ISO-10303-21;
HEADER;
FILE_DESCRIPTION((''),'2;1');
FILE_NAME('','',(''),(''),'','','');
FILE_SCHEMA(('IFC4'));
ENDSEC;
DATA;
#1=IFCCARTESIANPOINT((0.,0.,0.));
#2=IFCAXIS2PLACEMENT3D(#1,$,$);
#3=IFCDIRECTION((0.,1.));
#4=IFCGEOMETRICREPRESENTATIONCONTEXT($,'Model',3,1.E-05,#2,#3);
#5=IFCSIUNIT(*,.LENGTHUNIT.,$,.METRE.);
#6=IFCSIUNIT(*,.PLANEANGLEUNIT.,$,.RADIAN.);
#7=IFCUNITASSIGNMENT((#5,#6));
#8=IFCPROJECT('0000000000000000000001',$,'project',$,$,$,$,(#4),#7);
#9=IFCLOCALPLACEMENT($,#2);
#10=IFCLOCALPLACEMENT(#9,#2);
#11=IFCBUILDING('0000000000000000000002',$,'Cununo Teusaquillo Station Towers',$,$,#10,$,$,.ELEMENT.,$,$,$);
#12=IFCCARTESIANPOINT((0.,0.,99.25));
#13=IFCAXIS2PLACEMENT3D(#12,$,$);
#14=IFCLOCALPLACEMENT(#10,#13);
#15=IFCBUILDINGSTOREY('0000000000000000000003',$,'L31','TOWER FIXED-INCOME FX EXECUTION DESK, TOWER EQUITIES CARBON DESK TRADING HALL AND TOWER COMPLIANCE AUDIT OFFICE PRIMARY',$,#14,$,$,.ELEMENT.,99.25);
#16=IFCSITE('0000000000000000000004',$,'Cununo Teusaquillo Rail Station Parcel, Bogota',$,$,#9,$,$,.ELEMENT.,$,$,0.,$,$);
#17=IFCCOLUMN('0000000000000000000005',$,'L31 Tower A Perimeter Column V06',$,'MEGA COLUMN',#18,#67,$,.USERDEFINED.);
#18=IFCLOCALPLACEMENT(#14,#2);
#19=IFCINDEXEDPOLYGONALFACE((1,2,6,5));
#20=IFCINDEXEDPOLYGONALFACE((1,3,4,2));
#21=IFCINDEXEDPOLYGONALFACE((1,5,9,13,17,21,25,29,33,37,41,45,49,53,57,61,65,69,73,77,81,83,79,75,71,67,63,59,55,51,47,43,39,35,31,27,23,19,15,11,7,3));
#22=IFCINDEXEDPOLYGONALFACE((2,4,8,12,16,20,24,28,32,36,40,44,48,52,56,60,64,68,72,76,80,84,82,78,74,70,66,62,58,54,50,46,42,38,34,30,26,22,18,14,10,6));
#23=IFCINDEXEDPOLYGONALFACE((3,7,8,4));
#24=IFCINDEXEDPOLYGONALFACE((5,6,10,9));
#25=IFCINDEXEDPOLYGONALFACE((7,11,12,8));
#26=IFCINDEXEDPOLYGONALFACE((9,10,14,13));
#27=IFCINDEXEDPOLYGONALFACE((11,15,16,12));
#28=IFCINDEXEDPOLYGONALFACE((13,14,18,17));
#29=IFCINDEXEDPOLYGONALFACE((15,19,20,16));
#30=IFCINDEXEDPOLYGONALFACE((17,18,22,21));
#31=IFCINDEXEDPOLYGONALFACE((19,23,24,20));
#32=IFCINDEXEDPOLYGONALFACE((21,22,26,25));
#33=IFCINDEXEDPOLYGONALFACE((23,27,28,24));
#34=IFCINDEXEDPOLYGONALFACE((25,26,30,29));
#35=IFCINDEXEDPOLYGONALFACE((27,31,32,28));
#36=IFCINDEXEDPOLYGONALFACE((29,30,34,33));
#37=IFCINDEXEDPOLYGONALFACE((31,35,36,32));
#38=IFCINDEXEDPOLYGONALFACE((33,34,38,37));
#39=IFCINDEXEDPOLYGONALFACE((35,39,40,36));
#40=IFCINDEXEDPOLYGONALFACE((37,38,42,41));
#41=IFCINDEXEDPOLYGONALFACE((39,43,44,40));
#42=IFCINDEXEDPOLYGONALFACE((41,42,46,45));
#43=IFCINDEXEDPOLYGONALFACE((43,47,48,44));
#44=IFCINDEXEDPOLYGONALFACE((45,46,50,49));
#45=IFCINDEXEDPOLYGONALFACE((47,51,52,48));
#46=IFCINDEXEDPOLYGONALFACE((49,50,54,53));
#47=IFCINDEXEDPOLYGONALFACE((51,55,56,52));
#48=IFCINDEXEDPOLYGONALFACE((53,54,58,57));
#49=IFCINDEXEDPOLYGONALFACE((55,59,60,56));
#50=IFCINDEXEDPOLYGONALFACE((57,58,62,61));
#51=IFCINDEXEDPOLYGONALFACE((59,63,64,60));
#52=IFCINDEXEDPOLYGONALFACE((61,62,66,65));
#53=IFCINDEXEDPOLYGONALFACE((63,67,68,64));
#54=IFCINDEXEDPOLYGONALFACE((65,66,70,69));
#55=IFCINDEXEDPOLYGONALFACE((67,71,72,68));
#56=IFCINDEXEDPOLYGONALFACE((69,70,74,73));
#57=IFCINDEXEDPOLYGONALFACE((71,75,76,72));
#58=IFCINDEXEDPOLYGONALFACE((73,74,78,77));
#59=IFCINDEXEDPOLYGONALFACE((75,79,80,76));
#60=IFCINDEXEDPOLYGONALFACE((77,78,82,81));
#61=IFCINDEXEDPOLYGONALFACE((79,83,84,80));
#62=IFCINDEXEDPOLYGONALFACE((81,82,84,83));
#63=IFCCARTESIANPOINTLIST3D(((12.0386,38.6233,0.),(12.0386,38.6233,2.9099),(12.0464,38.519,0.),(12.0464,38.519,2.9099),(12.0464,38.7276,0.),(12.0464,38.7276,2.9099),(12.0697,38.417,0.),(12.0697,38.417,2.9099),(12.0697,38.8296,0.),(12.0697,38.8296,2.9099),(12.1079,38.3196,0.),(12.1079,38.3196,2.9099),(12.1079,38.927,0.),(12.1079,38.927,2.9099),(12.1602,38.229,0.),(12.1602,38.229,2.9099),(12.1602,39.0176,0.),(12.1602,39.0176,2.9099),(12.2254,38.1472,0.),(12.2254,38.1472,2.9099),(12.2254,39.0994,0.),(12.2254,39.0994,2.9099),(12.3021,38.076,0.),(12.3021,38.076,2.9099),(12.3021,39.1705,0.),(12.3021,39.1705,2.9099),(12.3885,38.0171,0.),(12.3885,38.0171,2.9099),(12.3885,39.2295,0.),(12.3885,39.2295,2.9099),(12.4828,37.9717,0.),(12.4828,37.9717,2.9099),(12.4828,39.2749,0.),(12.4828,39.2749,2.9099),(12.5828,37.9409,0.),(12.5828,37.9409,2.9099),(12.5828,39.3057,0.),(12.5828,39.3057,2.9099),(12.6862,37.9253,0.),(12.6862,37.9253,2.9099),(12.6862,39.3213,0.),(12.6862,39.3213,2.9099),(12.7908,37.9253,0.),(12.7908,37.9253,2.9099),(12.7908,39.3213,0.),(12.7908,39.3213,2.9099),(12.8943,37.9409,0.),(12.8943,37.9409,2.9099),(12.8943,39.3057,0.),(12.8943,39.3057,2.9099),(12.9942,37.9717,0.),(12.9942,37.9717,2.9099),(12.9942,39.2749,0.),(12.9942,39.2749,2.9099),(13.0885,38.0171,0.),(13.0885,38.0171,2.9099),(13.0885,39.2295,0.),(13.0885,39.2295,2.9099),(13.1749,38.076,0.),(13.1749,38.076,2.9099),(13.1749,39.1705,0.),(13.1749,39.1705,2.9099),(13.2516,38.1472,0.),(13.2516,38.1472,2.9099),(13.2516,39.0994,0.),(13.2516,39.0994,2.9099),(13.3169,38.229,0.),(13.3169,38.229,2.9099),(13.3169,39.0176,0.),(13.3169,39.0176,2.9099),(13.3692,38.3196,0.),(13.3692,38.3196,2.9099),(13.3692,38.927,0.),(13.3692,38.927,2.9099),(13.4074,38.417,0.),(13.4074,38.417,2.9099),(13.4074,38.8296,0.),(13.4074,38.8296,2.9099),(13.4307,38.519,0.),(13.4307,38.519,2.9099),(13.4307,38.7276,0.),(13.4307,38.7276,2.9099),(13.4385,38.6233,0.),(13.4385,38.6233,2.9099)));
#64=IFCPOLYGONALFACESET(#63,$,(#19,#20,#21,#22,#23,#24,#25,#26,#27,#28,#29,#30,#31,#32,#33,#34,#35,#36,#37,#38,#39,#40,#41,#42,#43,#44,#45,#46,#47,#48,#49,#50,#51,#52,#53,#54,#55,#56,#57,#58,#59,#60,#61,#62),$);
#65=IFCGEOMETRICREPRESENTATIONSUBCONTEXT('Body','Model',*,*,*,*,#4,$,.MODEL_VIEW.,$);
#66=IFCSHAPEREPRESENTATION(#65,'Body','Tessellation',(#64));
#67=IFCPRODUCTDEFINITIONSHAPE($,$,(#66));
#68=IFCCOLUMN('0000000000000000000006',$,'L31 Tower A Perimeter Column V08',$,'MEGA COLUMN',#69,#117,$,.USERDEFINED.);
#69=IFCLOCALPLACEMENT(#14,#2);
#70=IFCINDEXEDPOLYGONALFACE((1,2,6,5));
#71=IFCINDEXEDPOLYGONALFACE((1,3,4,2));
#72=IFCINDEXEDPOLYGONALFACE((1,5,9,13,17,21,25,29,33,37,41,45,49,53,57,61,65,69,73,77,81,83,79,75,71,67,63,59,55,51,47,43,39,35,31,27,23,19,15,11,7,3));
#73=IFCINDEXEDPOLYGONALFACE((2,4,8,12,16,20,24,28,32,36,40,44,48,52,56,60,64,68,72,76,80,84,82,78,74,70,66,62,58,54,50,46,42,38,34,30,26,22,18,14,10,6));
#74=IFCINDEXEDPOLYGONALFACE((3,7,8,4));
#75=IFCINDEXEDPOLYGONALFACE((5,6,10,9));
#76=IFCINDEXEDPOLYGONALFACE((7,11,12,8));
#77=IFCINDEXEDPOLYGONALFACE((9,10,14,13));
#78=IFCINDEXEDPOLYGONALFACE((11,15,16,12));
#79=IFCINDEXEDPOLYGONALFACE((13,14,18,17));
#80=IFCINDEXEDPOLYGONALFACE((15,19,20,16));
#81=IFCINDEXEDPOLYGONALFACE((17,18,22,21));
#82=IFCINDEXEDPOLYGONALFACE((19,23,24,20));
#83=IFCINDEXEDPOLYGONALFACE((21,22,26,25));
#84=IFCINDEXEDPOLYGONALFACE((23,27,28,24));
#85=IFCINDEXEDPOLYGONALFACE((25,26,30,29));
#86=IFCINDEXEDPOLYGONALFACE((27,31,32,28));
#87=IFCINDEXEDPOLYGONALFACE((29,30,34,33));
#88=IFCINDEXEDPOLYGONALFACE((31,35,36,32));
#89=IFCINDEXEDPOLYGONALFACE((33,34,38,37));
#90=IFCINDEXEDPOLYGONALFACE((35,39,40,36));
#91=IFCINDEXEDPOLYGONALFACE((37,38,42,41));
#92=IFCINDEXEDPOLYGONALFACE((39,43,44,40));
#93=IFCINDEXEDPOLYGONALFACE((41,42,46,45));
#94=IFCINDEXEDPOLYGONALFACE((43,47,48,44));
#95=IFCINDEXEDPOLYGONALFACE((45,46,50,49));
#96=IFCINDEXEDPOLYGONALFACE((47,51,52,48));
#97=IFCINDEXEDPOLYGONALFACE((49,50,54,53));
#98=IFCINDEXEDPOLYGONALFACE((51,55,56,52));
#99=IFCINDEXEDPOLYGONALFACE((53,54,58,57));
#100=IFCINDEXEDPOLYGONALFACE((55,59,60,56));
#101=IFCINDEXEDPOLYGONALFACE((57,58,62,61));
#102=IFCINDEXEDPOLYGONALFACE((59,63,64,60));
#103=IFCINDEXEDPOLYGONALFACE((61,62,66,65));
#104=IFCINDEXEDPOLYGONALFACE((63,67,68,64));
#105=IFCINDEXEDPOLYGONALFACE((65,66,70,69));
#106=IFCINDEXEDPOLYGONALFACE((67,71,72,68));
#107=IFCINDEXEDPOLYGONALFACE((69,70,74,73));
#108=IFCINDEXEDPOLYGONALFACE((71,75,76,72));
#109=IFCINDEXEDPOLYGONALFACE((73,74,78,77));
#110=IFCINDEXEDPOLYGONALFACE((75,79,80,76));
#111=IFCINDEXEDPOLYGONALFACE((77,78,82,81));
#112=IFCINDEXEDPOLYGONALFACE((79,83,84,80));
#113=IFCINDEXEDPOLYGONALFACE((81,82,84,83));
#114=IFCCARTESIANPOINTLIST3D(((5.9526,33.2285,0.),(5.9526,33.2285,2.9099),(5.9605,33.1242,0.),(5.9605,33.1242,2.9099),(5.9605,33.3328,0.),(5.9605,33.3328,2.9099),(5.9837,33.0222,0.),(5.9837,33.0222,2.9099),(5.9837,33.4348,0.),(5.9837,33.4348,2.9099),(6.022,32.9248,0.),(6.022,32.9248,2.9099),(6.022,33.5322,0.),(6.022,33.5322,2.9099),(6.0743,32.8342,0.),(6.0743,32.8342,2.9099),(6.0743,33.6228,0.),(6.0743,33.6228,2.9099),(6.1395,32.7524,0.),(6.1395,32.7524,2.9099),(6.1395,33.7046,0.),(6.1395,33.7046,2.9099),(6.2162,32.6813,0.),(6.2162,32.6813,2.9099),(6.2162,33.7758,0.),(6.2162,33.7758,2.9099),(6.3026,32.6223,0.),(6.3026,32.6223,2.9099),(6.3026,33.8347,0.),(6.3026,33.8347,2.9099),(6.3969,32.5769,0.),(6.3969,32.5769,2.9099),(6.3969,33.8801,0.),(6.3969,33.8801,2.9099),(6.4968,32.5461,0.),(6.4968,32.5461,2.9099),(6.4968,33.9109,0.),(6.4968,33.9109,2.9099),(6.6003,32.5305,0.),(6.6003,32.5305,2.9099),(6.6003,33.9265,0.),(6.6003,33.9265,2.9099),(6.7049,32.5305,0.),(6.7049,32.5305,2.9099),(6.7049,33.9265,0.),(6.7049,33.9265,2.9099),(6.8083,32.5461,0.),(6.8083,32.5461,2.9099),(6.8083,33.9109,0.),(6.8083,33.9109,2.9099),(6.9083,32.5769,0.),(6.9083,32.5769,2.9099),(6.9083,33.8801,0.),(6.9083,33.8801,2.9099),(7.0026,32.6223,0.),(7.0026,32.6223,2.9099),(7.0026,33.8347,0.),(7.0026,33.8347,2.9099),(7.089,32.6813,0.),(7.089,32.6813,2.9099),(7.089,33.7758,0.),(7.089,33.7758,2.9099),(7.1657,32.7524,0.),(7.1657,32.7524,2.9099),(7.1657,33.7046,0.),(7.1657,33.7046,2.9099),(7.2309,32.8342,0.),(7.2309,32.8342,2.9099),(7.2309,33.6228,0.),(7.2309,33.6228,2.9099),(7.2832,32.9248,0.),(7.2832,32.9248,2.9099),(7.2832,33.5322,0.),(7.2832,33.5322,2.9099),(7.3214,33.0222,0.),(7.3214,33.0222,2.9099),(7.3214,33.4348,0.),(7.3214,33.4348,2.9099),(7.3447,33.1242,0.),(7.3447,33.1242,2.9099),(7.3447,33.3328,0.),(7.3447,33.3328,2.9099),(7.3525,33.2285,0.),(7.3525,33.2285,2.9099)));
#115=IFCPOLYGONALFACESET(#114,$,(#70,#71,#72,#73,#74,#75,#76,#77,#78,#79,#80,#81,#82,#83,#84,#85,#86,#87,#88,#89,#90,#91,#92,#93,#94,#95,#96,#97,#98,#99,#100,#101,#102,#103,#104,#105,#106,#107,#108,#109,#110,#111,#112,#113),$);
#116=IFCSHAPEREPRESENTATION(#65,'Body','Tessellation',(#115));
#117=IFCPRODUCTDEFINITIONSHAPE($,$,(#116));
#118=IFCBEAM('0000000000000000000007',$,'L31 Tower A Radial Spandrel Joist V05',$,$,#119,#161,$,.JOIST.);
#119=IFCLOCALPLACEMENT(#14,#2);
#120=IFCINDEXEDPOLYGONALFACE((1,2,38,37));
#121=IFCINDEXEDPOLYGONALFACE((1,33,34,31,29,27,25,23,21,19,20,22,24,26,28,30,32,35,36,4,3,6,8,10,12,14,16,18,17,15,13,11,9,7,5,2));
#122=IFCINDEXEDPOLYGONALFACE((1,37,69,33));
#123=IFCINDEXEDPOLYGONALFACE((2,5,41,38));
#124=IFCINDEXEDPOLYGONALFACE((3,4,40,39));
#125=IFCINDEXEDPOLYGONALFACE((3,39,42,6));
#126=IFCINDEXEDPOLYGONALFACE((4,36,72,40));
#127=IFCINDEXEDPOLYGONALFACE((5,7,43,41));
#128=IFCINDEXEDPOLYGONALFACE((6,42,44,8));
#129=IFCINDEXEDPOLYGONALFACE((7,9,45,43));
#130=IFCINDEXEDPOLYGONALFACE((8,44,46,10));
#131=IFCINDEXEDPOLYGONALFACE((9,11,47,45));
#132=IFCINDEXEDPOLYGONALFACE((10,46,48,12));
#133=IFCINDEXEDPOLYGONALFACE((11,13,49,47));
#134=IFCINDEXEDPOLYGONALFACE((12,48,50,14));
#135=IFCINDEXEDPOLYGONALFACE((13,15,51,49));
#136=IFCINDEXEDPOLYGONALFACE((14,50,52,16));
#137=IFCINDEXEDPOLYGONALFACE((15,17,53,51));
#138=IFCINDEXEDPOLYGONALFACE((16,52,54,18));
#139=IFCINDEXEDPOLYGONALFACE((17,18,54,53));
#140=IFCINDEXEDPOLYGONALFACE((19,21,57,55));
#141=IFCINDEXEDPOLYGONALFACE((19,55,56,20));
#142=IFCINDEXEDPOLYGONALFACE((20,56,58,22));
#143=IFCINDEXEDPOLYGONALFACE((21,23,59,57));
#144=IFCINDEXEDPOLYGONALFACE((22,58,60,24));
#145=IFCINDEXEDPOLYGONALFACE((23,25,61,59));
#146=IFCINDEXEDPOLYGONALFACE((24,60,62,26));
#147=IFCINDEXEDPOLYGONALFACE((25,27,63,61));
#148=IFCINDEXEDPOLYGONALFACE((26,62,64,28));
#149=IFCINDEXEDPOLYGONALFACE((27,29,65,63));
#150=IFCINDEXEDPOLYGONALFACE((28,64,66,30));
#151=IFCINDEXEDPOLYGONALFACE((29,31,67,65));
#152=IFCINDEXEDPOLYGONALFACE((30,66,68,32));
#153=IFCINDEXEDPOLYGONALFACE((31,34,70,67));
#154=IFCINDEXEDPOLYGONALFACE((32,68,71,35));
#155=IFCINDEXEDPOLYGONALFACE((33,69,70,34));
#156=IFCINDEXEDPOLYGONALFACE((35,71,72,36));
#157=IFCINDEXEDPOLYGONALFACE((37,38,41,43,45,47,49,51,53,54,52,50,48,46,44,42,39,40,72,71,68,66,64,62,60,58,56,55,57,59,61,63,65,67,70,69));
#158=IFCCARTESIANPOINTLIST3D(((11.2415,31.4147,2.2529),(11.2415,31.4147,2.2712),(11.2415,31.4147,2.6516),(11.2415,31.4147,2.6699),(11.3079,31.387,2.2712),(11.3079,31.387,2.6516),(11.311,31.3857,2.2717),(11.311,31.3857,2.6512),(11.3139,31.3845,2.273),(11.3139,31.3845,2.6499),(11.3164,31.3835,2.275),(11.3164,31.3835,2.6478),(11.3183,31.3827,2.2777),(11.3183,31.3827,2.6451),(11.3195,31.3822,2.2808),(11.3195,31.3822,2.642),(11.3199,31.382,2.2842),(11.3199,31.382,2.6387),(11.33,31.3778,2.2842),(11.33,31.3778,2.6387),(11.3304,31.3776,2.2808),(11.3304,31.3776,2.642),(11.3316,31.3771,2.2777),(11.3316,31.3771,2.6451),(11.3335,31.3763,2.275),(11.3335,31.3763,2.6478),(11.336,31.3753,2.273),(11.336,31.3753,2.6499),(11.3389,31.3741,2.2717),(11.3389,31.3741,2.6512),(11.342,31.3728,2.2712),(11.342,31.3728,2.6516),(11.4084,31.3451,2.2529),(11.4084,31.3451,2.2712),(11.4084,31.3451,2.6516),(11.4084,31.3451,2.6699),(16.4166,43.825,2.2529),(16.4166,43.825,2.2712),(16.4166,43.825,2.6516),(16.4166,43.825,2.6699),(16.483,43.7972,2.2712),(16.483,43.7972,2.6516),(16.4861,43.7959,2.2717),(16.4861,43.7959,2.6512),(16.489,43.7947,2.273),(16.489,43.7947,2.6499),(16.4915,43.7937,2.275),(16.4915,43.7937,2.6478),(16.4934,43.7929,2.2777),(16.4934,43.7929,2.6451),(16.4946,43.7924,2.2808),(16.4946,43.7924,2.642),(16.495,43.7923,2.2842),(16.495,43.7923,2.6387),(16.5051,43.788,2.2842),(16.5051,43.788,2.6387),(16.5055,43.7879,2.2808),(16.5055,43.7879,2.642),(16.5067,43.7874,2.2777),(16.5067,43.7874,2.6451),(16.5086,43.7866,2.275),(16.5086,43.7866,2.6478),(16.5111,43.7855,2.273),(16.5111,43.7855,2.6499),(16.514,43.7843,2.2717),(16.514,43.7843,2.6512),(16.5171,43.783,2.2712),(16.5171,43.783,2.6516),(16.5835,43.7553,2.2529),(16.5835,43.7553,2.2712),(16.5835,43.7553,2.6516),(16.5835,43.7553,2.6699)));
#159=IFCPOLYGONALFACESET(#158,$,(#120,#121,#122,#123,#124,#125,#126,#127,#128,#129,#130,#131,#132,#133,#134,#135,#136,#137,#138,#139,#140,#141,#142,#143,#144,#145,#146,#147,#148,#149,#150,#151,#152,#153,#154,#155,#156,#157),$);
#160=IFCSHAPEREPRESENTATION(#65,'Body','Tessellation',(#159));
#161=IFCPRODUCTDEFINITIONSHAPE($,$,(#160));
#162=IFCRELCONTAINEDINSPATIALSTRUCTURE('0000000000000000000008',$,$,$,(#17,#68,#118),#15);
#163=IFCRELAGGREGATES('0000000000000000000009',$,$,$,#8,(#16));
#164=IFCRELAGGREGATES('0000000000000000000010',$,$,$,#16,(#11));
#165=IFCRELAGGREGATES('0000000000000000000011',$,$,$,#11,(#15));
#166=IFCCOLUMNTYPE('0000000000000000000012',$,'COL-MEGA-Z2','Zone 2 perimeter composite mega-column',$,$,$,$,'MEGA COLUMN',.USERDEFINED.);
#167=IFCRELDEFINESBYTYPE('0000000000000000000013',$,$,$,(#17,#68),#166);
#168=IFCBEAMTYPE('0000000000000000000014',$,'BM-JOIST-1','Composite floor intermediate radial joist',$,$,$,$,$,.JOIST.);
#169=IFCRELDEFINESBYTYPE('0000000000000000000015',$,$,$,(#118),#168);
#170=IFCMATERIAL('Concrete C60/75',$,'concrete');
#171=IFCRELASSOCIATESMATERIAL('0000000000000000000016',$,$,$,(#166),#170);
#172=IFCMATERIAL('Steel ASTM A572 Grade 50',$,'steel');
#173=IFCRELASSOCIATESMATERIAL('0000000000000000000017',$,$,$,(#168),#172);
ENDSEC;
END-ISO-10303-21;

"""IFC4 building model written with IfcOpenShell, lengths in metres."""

from ifc_helpers import new_model, si_unit, direction, frame, origin, origin_2d, place, context, subcontext, project, spatial, circle, i_section, extrude, material, material_profile, profile_set, type_object, element, save


model = new_model("IFC4")

# Units and contexts
model_context = context("Model", 3, precision=1e-05, world=origin(), true_north=direction((0.0, 1.0)))
body_context = subcontext(model_context, "Body", "Model", "MODEL_VIEW")
ifc_project = project(units=[si_unit("LENGTHUNIT", "METRE"), si_unit("PLANEANGLEUNIT", "RADIAN")], contexts=[model_context])

# Site, building, storey
site_placement = place(None, origin())
site = spatial("IfcSite", under=ifc_project, at=site_placement, Name="Cununo Teusaquillo Rail Station Parcel, Bogota", CompositionType="ELEMENT", RefElevation=0.0)
building_placement = place(site_placement, origin())
building = spatial("IfcBuilding", under=site, at=building_placement, Name="Cununo Teusaquillo Station Towers", CompositionType="ELEMENT")
storey_placement = place(building_placement, frame((0.0, 0.0, 99.25)))
storey = spatial("IfcBuildingStorey", under=building, at=storey_placement, Name="L31", Description="TOWER FIXED-INCOME FX EXECUTION DESK, TOWER EQUITIES CARBON DESK TRADING HALL AND TOWER COMPLIANCE AUDIT OFFICE PRIMARY", CompositionType="ELEMENT", Elevation=99.25)

# Columns
ifc_material_1 = material(Name="Concrete C60/75", Category="concrete")
ifc_material_profile_1 = material_profile(ifc_material_1, circle(Radius=0.7, at=origin_2d()), Name="RC-CIRC-1400")
ifc_profile_set_1 = profile_set([ifc_material_profile_1], Name="Concrete C60/75")
column_type = type_object("IfcColumnType", Name="COL-MEGA-Z2", Description="Zone 2 perimeter composite mega-column", ElementType="MEGA COLUMN", PredefinedType="USERDEFINED", material=ifc_profile_set_1)
for number, where, z_axis, x_axis, name in (
    (1, (12.7385, 38.6233, 0.0), (0.0, 0.0, 1.0), (1.0, 0.0, 0.0), "L31 Tower A Perimeter Column V06"),
    (2, (6.6526, 33.2285, 0.0), (0.0, 0.0, 1.0), (1.0, 0.0, 0.0), "L31 Tower A Perimeter Column V08"),
):
    element("IfcColumn", number, at=place(storey_placement, frame(where, z_axis=z_axis, x_axis=x_axis)), inside=storey, type_object=column_type, Name=name, ObjectType="MEGA COLUMN", PredefinedType="USERDEFINED", context=body_context, shape_type="SweptSolid", body=[
        extrude(circle(Radius=0.7, at=origin_2d()), origin(), (0.0, 0.0, 1.0), 2.9099),
    ])

# Beam
ifc_material_2 = material(Name="Steel ASTM A572 Grade 50", Category="steel")
ifc_material_profile_2 = material_profile(ifc_material_2, i_section(OverallWidth=0.1809, OverallDepth=0.417, WebThickness=0.011, FlangeThickness=0.0183, FilletRadius=0.0129, at=origin_2d()), Name="W16X57")
ifc_profile_set_2 = profile_set([ifc_material_profile_2], Name="Steel ASTM A572 Grade 50")
beam_type_1 = type_object("IfcBeamType", Name="BM-JOIST-1", Description="Composite floor intermediate radial joist", PredefinedType="JOIST", material=ifc_profile_set_2)
beam_1_placement = place(storey_placement, frame((11.325, 31.3799, 2.4614), z_axis=(0.384878, 0.922967, 0.0), x_axis=(-0.922967, 0.384878, 0.0)))
element("IfcBeam", 3, at=beam_1_placement, inside=storey, type_object=beam_type_1, Name="L31 Tower A Radial Spandrel Joist V05", PredefinedType="JOIST", context=body_context, shape_type="SweptSolid", body=[
    extrude(i_section(OverallWidth=0.1809, OverallDepth=0.417, WebThickness=0.011, FlangeThickness=0.0183, FilletRadius=0.0129, at=origin_2d()), origin(), (0.0, 0.0, 1.0), 13.446),
])

save(model, "model.ifc")
